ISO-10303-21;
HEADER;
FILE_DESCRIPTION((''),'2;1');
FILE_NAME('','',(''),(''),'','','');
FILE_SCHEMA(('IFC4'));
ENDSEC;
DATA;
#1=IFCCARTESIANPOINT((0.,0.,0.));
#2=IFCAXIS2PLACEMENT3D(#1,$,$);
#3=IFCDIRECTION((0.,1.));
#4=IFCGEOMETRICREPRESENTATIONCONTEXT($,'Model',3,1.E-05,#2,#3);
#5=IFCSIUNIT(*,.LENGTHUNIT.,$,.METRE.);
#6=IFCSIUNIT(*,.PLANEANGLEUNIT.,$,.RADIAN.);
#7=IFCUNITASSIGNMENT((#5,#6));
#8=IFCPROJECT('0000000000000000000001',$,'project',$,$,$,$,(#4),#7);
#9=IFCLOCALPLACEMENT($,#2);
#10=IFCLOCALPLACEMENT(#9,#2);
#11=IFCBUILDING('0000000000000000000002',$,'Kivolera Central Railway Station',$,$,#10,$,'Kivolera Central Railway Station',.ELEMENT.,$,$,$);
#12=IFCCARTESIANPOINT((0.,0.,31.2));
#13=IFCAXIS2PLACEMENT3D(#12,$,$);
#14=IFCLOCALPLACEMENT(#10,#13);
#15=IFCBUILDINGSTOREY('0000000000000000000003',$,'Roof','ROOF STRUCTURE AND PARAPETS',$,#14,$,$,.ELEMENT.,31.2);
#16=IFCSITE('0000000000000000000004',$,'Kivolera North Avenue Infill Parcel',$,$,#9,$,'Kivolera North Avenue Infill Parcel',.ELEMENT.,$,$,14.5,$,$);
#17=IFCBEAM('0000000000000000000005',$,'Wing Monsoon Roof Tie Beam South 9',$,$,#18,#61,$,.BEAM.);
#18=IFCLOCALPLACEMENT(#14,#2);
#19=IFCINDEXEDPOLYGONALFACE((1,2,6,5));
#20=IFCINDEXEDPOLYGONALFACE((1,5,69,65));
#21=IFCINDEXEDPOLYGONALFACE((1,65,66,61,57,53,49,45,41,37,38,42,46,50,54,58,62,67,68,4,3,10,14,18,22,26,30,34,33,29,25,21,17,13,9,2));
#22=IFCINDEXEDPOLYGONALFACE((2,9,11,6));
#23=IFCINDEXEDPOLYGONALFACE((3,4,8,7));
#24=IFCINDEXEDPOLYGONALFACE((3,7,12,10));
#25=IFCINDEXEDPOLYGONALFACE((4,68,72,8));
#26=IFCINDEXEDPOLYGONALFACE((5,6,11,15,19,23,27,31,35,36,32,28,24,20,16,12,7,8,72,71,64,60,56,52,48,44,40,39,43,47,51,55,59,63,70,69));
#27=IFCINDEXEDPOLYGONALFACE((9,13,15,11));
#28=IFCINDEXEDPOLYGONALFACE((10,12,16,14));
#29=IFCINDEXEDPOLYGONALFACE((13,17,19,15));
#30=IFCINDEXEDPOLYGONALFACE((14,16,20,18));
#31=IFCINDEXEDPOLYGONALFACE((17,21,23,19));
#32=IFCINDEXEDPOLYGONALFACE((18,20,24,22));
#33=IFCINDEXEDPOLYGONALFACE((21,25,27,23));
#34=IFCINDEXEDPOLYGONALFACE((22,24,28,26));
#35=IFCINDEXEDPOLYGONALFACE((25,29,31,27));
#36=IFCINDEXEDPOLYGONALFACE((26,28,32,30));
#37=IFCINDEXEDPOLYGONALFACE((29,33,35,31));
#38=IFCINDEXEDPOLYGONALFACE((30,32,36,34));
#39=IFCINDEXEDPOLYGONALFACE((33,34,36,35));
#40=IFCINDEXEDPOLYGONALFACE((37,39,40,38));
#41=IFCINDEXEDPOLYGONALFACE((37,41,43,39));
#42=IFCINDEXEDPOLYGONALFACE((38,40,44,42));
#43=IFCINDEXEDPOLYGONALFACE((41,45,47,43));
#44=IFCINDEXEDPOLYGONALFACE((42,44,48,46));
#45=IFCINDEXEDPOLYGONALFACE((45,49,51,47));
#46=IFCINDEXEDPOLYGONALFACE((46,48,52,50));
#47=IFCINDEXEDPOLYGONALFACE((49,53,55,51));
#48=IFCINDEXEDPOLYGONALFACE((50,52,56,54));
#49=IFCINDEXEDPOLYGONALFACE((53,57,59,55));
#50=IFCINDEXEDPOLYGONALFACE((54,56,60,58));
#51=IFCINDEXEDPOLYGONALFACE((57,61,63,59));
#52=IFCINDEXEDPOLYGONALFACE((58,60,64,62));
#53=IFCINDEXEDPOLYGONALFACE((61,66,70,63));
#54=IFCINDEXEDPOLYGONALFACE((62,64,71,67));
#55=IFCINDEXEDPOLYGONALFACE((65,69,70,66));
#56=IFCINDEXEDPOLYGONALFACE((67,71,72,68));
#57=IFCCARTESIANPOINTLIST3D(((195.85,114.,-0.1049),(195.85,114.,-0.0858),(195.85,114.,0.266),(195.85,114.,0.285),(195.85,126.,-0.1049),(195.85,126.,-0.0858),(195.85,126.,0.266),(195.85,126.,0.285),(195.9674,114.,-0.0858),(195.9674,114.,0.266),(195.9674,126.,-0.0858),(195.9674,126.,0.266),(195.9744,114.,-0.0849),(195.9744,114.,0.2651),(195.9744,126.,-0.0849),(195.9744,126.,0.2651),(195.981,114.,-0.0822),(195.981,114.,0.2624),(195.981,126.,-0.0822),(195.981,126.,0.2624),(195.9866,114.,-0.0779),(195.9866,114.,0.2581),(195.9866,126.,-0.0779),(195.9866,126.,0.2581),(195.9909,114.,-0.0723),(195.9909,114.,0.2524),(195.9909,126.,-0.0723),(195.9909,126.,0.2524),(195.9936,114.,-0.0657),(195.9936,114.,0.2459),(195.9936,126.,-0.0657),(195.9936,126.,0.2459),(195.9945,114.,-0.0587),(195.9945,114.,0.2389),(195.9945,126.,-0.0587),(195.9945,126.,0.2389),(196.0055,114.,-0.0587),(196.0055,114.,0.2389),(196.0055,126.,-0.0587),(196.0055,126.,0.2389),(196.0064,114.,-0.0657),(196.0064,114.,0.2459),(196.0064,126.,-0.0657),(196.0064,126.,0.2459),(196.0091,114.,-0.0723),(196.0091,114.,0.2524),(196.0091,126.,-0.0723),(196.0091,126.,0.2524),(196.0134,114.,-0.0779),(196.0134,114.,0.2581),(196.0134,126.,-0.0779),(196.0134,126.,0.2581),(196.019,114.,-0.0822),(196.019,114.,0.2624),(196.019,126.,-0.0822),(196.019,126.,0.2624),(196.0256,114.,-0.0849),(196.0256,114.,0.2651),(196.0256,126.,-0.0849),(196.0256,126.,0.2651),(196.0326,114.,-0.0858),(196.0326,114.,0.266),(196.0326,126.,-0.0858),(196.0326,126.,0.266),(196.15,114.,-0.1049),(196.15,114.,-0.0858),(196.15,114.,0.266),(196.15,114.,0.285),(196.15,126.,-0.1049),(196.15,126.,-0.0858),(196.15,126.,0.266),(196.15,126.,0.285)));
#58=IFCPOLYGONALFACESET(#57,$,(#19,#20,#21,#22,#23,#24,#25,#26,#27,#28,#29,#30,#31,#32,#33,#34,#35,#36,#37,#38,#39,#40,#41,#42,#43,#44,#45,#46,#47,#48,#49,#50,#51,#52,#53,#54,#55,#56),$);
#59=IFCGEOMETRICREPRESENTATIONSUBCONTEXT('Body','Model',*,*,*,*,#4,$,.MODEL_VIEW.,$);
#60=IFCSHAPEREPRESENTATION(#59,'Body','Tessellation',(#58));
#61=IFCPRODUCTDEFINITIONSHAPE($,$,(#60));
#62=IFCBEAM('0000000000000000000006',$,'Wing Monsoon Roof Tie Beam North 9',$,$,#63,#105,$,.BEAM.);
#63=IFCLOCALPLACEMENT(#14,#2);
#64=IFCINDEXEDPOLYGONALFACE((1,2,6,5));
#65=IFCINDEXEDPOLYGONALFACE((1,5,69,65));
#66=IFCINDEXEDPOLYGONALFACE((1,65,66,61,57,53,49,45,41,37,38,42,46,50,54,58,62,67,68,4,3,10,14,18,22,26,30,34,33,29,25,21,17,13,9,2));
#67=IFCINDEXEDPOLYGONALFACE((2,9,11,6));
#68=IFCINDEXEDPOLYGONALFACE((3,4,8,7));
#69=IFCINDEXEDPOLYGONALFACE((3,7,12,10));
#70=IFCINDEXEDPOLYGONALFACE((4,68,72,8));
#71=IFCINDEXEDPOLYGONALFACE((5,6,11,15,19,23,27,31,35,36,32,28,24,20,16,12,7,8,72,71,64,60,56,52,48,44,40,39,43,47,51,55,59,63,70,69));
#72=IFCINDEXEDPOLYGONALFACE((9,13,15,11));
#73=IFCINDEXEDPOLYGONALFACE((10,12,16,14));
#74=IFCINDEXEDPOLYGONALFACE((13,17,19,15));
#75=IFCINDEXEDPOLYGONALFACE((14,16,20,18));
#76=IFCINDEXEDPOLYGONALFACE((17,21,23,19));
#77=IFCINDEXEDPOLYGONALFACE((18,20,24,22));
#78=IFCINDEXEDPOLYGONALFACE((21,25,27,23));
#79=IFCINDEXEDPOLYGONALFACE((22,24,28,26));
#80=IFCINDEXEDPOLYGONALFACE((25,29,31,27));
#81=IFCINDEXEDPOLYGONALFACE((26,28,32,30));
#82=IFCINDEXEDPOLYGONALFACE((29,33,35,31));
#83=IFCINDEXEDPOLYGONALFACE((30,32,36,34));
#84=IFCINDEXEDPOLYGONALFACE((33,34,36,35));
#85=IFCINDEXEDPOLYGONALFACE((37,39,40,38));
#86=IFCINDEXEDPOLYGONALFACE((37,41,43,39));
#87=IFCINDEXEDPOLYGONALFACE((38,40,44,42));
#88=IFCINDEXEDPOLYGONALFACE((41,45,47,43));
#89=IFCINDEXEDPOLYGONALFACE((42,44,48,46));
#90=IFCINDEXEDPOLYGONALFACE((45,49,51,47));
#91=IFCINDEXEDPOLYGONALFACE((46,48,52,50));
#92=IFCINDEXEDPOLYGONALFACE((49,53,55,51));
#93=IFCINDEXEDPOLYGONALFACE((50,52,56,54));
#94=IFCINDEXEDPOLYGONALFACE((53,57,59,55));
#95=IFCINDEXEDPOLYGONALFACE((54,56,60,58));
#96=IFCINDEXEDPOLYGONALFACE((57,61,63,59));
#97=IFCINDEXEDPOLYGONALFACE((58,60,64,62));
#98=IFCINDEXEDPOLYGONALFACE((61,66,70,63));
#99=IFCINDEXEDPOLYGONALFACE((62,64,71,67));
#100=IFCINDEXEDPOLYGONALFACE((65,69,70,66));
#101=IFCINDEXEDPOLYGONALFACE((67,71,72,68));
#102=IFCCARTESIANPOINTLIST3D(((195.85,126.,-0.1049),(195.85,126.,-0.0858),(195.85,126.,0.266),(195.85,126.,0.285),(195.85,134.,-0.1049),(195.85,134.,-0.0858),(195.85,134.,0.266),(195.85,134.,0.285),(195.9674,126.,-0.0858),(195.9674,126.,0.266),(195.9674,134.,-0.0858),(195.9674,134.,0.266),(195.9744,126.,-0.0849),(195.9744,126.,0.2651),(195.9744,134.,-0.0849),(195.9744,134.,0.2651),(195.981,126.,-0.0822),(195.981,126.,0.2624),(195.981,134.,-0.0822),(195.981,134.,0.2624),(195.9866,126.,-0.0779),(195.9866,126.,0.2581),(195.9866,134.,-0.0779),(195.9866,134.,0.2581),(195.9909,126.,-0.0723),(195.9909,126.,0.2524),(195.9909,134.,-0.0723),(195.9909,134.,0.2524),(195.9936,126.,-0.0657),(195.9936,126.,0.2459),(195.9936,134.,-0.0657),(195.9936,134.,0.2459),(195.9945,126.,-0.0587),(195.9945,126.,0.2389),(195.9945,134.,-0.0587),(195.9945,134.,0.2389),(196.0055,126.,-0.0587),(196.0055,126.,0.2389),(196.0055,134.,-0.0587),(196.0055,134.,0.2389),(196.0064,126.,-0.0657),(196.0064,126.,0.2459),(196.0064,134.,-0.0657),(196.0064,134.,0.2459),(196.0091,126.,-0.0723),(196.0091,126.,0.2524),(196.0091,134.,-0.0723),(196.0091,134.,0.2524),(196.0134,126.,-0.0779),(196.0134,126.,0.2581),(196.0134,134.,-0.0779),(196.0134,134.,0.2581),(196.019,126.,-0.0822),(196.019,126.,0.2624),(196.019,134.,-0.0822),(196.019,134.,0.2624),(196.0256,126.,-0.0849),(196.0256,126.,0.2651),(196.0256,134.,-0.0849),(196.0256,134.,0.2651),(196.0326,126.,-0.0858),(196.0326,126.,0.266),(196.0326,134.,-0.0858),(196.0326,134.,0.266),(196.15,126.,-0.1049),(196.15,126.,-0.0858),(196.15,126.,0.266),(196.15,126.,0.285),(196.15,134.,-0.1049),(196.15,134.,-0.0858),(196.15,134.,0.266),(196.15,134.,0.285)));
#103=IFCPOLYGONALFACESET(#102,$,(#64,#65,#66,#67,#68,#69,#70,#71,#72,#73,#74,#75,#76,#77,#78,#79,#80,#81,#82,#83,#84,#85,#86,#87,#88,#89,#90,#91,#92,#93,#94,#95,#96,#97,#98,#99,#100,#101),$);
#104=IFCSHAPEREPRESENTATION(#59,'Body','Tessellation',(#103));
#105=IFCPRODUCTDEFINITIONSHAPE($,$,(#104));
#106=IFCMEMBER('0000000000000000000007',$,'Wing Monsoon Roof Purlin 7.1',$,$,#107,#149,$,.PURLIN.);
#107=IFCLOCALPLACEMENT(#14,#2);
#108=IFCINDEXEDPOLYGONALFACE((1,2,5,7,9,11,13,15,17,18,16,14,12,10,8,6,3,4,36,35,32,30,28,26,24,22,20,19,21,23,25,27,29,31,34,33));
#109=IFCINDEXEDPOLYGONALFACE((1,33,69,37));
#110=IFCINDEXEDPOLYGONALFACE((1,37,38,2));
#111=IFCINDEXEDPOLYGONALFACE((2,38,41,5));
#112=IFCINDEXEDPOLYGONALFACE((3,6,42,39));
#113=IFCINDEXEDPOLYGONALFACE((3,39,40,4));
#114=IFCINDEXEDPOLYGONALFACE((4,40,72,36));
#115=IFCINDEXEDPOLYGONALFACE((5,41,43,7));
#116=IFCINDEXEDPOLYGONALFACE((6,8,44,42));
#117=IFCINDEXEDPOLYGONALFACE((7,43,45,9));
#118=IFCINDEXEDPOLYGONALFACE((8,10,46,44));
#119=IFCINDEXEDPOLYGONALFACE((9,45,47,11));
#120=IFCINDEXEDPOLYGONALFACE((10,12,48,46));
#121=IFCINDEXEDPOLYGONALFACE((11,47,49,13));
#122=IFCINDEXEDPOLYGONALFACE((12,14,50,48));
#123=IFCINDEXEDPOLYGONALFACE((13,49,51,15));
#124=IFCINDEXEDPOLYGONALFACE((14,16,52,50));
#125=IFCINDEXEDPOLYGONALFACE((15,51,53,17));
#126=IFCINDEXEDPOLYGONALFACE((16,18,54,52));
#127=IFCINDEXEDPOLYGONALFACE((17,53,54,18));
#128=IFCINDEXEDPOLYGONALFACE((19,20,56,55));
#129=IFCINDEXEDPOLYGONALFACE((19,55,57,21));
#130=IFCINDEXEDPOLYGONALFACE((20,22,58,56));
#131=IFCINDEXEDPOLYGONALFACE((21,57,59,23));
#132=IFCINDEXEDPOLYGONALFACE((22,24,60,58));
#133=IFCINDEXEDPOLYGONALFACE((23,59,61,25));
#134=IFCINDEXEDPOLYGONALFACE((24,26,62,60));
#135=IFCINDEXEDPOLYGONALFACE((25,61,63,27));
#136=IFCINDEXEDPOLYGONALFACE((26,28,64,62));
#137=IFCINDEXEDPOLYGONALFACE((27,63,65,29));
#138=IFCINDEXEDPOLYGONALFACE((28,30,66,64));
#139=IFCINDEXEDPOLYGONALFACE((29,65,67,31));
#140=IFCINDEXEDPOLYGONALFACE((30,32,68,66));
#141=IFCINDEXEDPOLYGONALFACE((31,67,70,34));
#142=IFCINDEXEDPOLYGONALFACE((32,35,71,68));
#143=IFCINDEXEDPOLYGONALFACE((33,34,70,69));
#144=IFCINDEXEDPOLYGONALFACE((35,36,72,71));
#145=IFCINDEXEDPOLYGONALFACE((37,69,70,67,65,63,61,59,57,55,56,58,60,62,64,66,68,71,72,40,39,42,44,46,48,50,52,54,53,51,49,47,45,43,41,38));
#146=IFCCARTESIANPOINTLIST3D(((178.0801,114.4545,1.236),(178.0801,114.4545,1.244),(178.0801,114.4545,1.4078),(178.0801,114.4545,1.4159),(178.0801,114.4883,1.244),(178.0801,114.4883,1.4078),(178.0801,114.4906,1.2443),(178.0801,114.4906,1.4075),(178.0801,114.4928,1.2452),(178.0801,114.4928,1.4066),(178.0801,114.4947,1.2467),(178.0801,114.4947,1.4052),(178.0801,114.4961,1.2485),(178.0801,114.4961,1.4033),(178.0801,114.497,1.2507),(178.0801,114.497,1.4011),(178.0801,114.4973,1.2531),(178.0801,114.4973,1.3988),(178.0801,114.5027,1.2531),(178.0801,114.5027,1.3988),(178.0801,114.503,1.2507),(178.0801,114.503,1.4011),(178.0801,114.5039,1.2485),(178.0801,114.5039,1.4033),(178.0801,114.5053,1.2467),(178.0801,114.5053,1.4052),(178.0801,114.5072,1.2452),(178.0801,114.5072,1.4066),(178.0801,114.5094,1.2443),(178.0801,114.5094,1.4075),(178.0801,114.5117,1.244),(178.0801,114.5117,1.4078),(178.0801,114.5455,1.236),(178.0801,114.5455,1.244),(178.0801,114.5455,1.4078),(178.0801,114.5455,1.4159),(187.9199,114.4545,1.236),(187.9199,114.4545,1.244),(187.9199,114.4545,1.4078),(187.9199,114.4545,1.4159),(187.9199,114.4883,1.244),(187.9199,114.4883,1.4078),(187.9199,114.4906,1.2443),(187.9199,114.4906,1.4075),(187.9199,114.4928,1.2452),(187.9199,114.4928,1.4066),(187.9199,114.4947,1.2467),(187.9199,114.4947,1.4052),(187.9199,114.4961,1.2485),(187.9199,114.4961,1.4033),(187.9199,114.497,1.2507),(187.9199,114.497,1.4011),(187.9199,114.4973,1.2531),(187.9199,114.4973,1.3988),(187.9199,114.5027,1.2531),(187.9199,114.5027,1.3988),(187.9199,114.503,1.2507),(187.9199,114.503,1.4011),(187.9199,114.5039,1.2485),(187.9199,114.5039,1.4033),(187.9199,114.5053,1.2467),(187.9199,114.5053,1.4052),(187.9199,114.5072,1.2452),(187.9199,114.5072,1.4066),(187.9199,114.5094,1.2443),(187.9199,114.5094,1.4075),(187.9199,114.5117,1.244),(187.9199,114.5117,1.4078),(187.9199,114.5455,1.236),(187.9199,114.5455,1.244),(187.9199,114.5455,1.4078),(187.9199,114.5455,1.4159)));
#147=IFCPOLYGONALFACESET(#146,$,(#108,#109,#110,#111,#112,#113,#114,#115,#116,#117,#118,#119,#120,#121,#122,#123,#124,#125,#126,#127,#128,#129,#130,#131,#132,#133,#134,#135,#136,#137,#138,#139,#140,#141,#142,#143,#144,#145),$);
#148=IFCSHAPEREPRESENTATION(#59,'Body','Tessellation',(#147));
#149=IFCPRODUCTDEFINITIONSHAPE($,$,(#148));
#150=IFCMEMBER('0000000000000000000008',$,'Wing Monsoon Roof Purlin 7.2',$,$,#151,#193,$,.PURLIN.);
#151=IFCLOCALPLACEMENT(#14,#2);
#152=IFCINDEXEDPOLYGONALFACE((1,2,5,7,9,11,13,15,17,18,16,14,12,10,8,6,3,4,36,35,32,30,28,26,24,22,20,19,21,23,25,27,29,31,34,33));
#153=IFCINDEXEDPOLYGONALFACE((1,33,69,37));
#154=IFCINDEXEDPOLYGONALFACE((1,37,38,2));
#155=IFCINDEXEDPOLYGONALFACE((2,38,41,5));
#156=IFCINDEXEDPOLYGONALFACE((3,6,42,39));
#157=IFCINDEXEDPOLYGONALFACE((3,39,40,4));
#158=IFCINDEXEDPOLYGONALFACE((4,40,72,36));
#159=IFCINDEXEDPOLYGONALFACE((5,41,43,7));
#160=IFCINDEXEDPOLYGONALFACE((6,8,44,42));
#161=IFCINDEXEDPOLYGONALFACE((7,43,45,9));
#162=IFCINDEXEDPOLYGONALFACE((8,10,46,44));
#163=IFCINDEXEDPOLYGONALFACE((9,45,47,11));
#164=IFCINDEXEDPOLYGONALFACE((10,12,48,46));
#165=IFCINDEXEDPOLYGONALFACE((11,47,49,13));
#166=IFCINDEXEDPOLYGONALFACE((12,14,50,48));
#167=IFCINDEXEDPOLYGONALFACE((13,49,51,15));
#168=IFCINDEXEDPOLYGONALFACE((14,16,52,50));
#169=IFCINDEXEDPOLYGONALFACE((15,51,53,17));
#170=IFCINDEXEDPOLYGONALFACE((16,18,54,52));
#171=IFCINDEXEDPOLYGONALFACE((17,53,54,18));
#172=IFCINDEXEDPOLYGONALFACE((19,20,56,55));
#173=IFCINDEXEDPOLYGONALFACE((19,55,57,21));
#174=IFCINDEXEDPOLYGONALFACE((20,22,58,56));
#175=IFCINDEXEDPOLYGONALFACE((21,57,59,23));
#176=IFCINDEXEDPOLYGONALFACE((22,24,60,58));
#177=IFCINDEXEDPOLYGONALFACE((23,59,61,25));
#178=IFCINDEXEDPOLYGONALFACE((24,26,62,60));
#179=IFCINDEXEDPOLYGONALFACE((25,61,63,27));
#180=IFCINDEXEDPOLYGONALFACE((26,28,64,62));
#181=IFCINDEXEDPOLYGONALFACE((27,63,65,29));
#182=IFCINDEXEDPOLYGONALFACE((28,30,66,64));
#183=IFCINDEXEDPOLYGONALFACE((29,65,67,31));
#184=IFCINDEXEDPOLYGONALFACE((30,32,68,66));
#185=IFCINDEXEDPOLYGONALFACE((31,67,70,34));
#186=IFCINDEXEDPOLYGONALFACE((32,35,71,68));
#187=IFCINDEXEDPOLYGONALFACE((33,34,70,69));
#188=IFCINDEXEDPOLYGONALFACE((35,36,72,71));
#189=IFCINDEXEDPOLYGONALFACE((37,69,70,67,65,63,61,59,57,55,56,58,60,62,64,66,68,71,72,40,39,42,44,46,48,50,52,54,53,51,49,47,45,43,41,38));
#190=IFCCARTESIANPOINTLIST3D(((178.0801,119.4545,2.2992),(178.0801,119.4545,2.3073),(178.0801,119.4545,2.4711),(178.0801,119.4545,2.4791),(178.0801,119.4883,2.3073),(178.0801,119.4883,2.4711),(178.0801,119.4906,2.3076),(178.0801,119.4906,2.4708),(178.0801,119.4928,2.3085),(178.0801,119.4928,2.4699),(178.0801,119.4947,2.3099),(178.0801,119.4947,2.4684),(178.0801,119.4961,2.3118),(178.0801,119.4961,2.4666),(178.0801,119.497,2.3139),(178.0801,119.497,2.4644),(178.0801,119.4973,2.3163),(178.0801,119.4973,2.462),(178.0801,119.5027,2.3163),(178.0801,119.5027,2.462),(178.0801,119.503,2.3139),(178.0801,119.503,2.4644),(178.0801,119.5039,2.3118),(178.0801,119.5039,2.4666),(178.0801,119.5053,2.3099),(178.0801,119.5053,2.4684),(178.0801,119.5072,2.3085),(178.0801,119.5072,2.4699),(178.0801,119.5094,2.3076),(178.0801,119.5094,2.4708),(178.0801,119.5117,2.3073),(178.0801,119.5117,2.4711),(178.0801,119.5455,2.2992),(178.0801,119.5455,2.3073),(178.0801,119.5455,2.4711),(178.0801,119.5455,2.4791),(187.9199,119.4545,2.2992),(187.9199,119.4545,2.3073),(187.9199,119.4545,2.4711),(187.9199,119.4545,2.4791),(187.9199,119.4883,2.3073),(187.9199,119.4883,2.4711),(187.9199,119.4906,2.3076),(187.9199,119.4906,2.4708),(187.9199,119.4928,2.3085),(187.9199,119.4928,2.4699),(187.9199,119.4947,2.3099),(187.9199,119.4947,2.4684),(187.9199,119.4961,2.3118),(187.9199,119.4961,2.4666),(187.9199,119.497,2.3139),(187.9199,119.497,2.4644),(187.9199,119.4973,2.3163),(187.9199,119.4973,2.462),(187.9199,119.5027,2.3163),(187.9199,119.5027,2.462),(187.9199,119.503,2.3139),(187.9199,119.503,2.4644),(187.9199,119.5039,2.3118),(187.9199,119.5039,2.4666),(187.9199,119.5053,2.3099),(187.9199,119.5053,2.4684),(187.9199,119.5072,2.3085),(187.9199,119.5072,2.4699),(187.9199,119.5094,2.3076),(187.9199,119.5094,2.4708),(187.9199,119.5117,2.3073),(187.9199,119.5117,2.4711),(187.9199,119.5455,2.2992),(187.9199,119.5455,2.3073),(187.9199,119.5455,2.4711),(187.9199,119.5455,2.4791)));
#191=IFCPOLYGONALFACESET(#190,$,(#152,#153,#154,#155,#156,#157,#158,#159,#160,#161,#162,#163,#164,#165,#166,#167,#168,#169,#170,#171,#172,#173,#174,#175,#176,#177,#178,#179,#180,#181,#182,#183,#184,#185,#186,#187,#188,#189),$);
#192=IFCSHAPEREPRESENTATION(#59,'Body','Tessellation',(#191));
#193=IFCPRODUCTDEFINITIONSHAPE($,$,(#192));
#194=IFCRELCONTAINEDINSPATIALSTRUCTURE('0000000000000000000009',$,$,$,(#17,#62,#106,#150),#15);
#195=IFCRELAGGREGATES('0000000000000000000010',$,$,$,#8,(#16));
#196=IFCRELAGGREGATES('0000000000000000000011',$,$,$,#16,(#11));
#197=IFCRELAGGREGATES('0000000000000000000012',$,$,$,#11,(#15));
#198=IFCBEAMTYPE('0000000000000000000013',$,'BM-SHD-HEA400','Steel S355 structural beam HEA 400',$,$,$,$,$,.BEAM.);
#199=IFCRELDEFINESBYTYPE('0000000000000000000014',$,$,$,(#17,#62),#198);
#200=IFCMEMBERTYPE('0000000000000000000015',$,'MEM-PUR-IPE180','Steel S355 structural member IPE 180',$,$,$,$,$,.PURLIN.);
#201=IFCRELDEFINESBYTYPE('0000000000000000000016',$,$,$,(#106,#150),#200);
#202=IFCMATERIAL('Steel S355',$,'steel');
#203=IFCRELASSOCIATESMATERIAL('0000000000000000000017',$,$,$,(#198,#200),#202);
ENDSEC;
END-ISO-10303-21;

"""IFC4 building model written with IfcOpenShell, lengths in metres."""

from ifc_helpers import new_model, si_unit, direction, frame, origin, origin_2d, place, context, subcontext, project, spatial, i_section, extrude, material, material_profile, profile_set, type_object, element, save


model = new_model("IFC4")

# Units and contexts
model_context = context("Model", 3, precision=1e-05, world=origin(), true_north=direction((0.0, 1.0)))
body_context = subcontext(model_context, "Body", "Model", "MODEL_VIEW")
ifc_project = project(units=[si_unit("LENGTHUNIT", "METRE"), si_unit("PLANEANGLEUNIT", "RADIAN")], contexts=[model_context])

# Site, building, storey
site_placement = place(None, origin())
site = spatial("IfcSite", under=ifc_project, at=site_placement, Name="Kivolera North Avenue Infill Parcel", LongName="Kivolera North Avenue Infill Parcel", CompositionType="ELEMENT", RefElevation=14.5)
building_placement = place(site_placement, origin())
building = spatial("IfcBuilding", under=site, at=building_placement, Name="Kivolera Central Railway Station", LongName="Kivolera Central Railway Station", CompositionType="ELEMENT")
storey_placement = place(building_placement, frame((0.0, 0.0, 31.2)))
storey = spatial("IfcBuildingStorey", under=building, at=storey_placement, Name="Roof", Description="ROOF STRUCTURE AND PARAPETS", CompositionType="ELEMENT", Elevation=31.2)

# Beams
ifc_material_1 = material(Name="Steel S355", Category="steel")
ifc_material_profile_1 = material_profile(ifc_material_1, i_section(OverallWidth=0.3, OverallDepth=0.3899, WebThickness=0.011, FlangeThickness=0.019, FilletRadius=0.0271, at=origin_2d()), Name="HEA 400")
ifc_profile_set_1 = profile_set([ifc_material_profile_1], Name="Steel S355")
beam_type_1 = type_object("IfcBeamType", Name="BM-SHD-HEA400", Description="Steel S355 structural beam HEA 400", PredefinedType="BEAM", material=ifc_profile_set_1)
beam_1_placement = place(storey_placement, frame((196.0, 114.0, 0.0901), z_axis=(0.0, 1.0, 0.0), x_axis=(-1.0, 0.0, 0.0)))
element("IfcBeam", 1, at=beam_1_placement, inside=storey, type_object=beam_type_1, Name="Wing Monsoon Roof Tie Beam South 9", PredefinedType="BEAM", context=body_context, shape_type="SweptSolid", body=[
    extrude(i_section(OverallWidth=0.3, OverallDepth=0.3899, WebThickness=0.011, FlangeThickness=0.019, FilletRadius=0.0271, at=origin_2d()), origin(), (0.0, 0.0, 1.0), 12.0),
])
beam_2_placement = place(storey_placement, frame((196.0, 126.0, 0.0901), z_axis=(0.0, 1.0, 0.0), x_axis=(-1.0, 0.0, 0.0)))
element("IfcBeam", 2, at=beam_2_placement, inside=storey, type_object=beam_type_1, Name="Wing Monsoon Roof Tie Beam North 9", PredefinedType="BEAM", context=body_context, shape_type="SweptSolid", body=[
    extrude(i_section(OverallWidth=0.3, OverallDepth=0.3899, WebThickness=0.011, FlangeThickness=0.019, FilletRadius=0.0271, at=origin_2d()), origin(), (0.0, 0.0, 1.0), 8.0),
])

# Members
ifc_material_profile_2 = material_profile(ifc_material_1, i_section(OverallWidth=0.0911, OverallDepth=0.1799, WebThickness=0.0054, FlangeThickness=0.0081, FilletRadius=0.009, at=origin_2d()), Name="IPE 180")
ifc_profile_set_2 = profile_set([ifc_material_profile_2], Name="Steel S355")
member_type_1 = type_object("IfcMemberType", Name="MEM-PUR-IPE180", Description="Steel S355 structural member IPE 180", PredefinedType="PURLIN", material=ifc_profile_set_2)
for number, where, z_axis, x_axis, name in (
    (3, (178.0801, 114.5, 1.3259), (1.0, 0.0, 0.0), (0.0, 1.0, 0.0), "Wing Monsoon Roof Purlin 7.1"),
    (4, (178.0801, 119.5, 2.3892), (1.0, 0.0, 0.0), (0.0, 1.0, 0.0), "Wing Monsoon Roof Purlin 7.2"),
):
    element("IfcMember", number, at=place(storey_placement, frame(where, z_axis=z_axis, x_axis=x_axis)), inside=storey, type_object=member_type_1, Name=name, PredefinedType="PURLIN", context=body_context, shape_type="SweptSolid", body=[
        extrude(i_section(OverallWidth=0.0911, OverallDepth=0.1799, WebThickness=0.0054, FlangeThickness=0.0081, FilletRadius=0.009, at=origin_2d()), origin(), (0.0, 0.0, 1.0), 9.8398),
    ])

save(model, "model.ifc")
